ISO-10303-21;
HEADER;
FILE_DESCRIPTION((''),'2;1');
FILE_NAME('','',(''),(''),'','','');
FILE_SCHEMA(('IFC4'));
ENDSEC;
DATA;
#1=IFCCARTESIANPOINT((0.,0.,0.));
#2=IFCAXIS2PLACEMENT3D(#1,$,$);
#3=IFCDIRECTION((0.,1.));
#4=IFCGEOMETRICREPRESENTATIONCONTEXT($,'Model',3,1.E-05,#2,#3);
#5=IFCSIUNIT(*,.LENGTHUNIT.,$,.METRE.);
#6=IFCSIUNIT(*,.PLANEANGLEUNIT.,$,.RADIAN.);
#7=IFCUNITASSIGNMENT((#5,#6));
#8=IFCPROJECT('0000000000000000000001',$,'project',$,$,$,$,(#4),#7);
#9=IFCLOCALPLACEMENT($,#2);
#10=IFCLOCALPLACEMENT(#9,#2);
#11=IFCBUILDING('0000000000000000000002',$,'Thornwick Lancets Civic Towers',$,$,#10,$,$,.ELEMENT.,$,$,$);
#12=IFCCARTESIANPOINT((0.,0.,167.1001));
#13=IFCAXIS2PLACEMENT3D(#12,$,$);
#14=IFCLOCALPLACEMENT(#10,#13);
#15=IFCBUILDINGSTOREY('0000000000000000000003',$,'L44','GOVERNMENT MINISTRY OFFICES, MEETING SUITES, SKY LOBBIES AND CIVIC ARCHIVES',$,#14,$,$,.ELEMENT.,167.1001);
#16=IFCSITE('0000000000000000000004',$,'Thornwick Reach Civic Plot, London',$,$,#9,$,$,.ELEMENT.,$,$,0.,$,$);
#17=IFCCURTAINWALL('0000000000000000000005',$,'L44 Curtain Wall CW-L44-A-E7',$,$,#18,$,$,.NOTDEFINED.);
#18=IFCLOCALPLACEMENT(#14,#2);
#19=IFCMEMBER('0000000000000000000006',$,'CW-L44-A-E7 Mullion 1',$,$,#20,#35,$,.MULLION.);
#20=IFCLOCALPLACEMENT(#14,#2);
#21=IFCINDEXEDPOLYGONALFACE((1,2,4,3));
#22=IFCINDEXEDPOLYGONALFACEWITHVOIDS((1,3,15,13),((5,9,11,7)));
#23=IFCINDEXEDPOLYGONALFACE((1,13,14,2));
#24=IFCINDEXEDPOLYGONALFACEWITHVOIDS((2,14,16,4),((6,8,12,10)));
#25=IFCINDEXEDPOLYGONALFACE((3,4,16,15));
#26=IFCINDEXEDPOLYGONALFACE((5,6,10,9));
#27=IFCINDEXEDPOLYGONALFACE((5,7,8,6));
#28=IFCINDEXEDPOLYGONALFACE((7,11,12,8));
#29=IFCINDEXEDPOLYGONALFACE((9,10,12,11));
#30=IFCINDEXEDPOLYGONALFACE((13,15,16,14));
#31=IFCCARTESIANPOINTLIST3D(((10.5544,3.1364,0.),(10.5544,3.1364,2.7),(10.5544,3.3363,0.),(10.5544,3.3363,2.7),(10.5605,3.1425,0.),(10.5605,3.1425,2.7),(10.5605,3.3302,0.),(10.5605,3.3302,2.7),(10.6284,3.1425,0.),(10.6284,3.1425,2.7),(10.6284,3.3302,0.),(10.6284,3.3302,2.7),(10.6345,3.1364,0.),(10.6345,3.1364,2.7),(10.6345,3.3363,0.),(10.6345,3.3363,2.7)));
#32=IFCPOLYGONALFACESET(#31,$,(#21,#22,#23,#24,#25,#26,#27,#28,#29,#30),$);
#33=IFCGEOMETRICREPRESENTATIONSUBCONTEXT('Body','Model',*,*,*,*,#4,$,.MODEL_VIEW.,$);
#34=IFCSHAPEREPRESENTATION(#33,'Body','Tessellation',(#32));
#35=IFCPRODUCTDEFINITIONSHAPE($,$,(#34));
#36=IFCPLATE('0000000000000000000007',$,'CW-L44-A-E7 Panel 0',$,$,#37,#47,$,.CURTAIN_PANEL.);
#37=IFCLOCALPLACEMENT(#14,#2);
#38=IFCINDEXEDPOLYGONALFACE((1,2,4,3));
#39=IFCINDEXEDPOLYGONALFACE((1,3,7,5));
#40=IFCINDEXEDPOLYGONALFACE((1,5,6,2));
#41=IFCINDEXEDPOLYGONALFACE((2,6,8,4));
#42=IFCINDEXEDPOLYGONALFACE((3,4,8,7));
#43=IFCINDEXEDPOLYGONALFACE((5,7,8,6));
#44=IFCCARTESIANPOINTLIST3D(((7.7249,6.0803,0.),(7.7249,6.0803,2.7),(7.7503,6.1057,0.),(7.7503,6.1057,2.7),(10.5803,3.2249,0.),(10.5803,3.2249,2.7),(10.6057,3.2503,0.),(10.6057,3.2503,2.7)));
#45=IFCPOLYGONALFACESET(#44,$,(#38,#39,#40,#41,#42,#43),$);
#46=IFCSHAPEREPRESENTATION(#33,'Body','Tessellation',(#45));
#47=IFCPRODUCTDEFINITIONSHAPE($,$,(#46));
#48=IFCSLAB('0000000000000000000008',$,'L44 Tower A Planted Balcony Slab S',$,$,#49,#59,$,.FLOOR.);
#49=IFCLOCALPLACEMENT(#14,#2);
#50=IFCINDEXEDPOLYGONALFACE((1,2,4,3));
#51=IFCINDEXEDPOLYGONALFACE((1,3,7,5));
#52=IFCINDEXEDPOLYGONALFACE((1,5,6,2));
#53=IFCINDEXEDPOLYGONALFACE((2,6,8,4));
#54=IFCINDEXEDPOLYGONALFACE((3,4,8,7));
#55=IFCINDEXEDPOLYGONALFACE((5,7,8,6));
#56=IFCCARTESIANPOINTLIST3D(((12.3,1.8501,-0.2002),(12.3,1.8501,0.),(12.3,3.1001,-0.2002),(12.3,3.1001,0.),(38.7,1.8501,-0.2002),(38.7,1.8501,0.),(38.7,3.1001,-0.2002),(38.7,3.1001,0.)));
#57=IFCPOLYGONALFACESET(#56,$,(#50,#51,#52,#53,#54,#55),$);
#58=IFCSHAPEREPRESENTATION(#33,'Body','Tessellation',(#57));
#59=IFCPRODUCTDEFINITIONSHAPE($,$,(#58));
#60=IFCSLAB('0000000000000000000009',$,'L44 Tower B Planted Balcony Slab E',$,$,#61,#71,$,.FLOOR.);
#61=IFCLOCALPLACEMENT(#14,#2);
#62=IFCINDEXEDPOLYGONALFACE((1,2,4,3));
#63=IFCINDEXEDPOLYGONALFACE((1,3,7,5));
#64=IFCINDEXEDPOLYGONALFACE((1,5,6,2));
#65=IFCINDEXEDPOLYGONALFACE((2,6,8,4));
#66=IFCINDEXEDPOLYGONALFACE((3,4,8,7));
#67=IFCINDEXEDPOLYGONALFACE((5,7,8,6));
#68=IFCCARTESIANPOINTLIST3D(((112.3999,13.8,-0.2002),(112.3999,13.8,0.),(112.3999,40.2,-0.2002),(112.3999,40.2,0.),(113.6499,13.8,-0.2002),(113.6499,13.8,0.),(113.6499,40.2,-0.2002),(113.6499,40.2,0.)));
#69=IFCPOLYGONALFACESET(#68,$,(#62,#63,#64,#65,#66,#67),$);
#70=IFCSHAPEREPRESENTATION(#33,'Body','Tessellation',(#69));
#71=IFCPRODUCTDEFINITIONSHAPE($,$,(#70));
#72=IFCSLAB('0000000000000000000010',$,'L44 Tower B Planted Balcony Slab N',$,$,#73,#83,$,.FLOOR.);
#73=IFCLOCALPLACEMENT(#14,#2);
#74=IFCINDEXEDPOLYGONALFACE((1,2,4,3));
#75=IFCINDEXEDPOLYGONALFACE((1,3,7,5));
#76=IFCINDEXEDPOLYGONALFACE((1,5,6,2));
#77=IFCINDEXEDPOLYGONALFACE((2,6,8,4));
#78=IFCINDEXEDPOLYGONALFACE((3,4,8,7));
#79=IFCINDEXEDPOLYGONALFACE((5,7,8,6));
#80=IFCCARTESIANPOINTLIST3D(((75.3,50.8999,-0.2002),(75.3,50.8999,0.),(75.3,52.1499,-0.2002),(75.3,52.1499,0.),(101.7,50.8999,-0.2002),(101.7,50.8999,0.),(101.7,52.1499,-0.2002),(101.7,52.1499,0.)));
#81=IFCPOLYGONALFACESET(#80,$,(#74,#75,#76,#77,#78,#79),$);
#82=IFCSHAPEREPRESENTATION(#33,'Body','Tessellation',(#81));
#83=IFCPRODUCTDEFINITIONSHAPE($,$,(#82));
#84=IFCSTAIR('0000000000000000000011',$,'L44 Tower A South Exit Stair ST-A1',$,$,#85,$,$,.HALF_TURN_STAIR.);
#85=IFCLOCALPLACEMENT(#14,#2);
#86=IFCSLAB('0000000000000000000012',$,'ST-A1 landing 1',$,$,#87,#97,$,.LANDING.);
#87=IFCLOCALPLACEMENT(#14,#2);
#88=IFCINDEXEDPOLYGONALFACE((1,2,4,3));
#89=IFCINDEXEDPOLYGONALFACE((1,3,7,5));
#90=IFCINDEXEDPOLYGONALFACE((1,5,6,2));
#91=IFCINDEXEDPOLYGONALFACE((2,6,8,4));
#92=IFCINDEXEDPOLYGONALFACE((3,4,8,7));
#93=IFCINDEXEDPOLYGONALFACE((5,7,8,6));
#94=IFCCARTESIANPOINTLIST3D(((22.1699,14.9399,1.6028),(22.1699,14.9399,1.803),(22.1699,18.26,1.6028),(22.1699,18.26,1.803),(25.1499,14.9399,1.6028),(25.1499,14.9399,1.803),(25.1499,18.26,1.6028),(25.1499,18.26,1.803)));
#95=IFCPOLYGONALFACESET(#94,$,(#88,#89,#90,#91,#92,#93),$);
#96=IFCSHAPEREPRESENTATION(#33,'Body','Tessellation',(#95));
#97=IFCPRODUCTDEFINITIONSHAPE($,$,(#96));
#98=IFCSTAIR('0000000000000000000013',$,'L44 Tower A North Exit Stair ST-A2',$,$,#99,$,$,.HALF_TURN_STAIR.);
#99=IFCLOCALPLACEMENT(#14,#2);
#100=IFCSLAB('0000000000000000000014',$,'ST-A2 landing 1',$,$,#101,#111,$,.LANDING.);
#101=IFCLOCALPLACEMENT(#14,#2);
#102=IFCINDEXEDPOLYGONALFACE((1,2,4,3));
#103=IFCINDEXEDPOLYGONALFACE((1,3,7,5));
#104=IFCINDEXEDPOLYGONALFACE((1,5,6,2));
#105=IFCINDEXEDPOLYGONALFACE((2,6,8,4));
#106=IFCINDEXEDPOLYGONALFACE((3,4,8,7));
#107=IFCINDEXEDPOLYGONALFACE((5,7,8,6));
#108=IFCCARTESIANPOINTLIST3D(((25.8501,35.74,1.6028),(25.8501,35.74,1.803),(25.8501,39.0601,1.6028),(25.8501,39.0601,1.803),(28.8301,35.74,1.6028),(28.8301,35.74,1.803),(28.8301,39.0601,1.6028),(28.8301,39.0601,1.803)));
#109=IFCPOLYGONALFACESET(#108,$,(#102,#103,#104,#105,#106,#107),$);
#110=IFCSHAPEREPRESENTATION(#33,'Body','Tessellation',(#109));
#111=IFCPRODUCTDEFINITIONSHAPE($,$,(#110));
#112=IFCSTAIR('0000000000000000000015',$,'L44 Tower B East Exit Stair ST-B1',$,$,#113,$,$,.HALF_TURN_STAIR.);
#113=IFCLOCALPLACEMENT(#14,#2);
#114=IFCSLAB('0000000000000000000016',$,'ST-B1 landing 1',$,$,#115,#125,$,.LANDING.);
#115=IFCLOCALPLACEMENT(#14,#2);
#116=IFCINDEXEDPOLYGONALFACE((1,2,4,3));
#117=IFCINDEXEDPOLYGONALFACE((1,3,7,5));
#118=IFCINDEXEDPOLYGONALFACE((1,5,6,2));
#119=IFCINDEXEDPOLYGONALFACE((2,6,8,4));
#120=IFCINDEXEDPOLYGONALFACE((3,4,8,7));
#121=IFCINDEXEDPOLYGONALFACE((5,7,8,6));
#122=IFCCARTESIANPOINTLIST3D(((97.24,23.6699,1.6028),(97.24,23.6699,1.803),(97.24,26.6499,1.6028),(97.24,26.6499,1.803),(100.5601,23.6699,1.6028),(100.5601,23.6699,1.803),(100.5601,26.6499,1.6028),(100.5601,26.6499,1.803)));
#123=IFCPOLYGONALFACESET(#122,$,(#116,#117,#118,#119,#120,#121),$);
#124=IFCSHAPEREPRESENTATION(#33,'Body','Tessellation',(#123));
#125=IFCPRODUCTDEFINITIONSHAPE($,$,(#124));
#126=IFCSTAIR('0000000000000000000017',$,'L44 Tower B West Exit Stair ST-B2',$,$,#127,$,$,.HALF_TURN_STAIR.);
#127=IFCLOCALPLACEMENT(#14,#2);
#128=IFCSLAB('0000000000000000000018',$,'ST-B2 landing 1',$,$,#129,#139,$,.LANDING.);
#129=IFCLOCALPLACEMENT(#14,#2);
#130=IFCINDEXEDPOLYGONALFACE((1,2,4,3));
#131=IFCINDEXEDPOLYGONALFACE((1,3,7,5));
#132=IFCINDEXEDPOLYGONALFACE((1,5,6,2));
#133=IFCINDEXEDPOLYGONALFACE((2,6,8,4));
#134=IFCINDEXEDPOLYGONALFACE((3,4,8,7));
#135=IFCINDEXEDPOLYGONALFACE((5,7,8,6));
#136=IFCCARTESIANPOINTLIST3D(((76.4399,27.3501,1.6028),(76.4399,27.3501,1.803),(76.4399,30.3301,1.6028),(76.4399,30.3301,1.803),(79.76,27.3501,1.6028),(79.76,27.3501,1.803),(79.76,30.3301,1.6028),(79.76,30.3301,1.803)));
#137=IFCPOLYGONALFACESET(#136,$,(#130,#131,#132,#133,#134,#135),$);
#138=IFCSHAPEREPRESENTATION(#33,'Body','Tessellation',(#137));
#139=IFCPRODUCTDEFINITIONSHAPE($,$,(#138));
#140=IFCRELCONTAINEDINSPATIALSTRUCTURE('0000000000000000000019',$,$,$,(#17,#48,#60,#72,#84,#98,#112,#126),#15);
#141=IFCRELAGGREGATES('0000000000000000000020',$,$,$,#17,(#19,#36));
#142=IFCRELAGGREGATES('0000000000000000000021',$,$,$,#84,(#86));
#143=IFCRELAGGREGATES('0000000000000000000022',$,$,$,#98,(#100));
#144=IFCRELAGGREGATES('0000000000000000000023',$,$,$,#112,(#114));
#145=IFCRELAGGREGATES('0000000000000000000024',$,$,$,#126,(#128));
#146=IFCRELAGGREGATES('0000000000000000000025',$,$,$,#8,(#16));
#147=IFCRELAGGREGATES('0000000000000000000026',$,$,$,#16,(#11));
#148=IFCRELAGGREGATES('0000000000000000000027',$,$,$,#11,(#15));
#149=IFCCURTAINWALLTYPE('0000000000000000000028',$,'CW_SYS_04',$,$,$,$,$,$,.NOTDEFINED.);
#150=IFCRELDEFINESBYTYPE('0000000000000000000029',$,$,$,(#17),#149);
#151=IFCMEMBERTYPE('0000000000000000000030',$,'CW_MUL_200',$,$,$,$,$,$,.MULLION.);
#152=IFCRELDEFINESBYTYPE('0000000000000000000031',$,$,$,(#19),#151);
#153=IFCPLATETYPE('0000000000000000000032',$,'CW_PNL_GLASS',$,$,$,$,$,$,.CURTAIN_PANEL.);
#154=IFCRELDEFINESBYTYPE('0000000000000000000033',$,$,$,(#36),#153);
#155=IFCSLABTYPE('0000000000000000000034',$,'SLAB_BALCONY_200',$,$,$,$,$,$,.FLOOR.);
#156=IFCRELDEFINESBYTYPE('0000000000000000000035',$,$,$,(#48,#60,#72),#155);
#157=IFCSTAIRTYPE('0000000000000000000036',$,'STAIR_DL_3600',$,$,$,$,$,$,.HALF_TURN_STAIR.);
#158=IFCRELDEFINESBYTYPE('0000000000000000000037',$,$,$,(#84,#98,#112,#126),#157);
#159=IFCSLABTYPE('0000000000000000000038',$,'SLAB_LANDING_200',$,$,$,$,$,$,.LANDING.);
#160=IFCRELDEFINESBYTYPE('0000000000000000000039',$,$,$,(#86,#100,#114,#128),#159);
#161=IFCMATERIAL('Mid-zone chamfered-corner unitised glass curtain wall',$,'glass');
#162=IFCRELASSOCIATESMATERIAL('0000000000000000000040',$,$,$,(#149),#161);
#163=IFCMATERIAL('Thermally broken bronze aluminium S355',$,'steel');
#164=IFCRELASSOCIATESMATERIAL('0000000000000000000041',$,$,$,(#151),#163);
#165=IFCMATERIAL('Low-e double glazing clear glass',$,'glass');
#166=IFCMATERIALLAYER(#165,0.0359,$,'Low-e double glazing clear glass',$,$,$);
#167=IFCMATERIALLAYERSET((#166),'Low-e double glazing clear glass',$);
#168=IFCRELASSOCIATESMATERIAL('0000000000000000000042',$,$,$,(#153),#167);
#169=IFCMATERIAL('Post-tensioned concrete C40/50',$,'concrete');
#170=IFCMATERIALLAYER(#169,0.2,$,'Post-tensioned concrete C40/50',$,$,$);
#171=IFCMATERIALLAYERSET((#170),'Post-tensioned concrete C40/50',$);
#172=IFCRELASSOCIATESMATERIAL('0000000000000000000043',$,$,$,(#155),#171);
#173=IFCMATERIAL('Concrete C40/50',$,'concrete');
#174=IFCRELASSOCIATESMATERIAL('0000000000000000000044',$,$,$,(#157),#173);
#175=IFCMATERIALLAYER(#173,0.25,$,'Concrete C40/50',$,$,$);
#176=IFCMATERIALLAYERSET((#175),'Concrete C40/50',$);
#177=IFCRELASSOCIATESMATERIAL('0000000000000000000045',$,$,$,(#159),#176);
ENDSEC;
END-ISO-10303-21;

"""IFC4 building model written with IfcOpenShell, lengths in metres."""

from ifc_helpers import new_model, si_unit, direction, frame, origin, origin_2d, place, context, subcontext, project, spatial, polyline, rectangle, hollow_rectangle, outline, extrude, material, layer, layer_set, material_profile, profile_set, type_object, element, aggregate, save


model = new_model("IFC4")

# Units and contexts
model_context = context("Model", 3, precision=1e-05, world=origin(), true_north=direction((0.0, 1.0)))
body_context = subcontext(model_context, "Body", "Model", "MODEL_VIEW")
ifc_project = project(units=[si_unit("LENGTHUNIT", "METRE"), si_unit("PLANEANGLEUNIT", "RADIAN")], contexts=[model_context])

# Site, building, storey
site_placement = place(None, origin())
site = spatial("IfcSite", under=ifc_project, at=site_placement, Name="Thornwick Reach Civic Plot, London", CompositionType="ELEMENT", RefElevation=0.0)
building_placement = place(site_placement, origin())
building = spatial("IfcBuilding", under=site, at=building_placement, Name="Thornwick Lancets Civic Towers", CompositionType="ELEMENT")
storey_placement = place(building_placement, frame((0.0, 0.0, 167.1001)))
storey = spatial("IfcBuildingStorey", under=building, at=storey_placement, Name="L44", Description="GOVERNMENT MINISTRY OFFICES, MEETING SUITES, SKY LOBBIES AND CIVIC ARCHIVES", CompositionType="ELEMENT", Elevation=167.1001)

# Curtain wall, member, plate
ifc_material_1 = material(Name="Mid-zone chamfered-corner unitised glass curtain wall", Category="glass")
curtain_wall_type = type_object("IfcCurtainWallType", Name="CW_SYS_04", PredefinedType="NOTDEFINED", material=ifc_material_1)
curtain_wall_placement = place(storey_placement, origin())
curtain_wall = element("IfcCurtainWall", 1, at=curtain_wall_placement, inside=storey, type_object=curtain_wall_type, Name="L44 Curtain Wall CW-L44-A-E7", PredefinedType="NOTDEFINED")
ifc_material_2 = material(Name="Thermally broken bronze aluminium S355", Category="steel")
ifc_material_profile = material_profile(ifc_material_2, hollow_rectangle(XDim=0.0801, YDim=0.2, WallThickness=0.0061, at=origin_2d()), Name="RHS 200x80x6")
ifc_profile_set = profile_set([ifc_material_profile], Name="Thermally broken bronze aluminium S355")
member_type = type_object("IfcMemberType", Name="CW_MUL_200", PredefinedType="MULLION", material=ifc_profile_set)
member_placement = place(storey_placement, frame((10.5945, 3.2363, 0.0), z_axis=(0.0, 0.0, 1.0), x_axis=(1.0, 0.0, 0.0)))
member = element("IfcMember", 2, at=member_placement, type_object=member_type, Name="CW-L44-A-E7 Mullion 1", PredefinedType="MULLION", context=body_context, shape_type="SweptSolid", body=[
    extrude(hollow_rectangle(XDim=0.0801, YDim=0.2, WallThickness=0.0061, at=origin_2d()), origin(), (0.0, 0.0, 1.0), 2.7),
])
ifc_material_3 = material(Name="Low-e double glazing clear glass", Category="glass")
ifc_layer_1 = layer(ifc_material_3, 0.0359, Name="Low-e double glazing clear glass")
ifc_layer_set_1 = layer_set([ifc_layer_1], Name="Low-e double glazing clear glass")
plate_type = type_object("IfcPlateType", Name="CW_PNL_GLASS", PredefinedType="CURTAIN_PANEL", material=ifc_layer_set_1)
plate_placement = place(storey_placement, frame((9.1653, 4.6653, 0.0), z_axis=(0.0, 0.0, 1.0), x_axis=(0.707107, -0.707107, 0.0)))
plate = element("IfcPlate", 3, at=plate_placement, type_object=plate_type, Name="CW-L44-A-E7 Panel 0", PredefinedType="CURTAIN_PANEL", context=body_context, shape_type="SweptSolid", body=[
    extrude(rectangle(XDim=4.0381, YDim=0.0359, at=origin_2d()), origin(), (0.0, 0.0, 1.0), 2.7),
])
aggregate(curtain_wall, [member, plate])

# Slabs
ifc_material_4 = material(Name="Post-tensioned concrete C40/50", Category="concrete")
ifc_layer_2 = layer(ifc_material_4, 0.2, Name="Post-tensioned concrete C40/50")
ifc_layer_set_2 = layer_set([ifc_layer_2], Name="Post-tensioned concrete C40/50")
slab_type_1 = type_object("IfcSlabType", Name="SLAB_BALCONY_200", PredefinedType="FLOOR", material=ifc_layer_set_2)
slab_1_placement = place(storey_placement, frame((0.0, 0.0, -0.2002)))
element("IfcSlab", 4, at=slab_1_placement, inside=storey, type_object=slab_type_1, Name="L44 Tower A Planted Balcony Slab S", PredefinedType="FLOOR", context=body_context, shape_type="SweptSolid", body=[
    extrude(outline(polyline([(12.3, 1.8501), (38.7, 1.8501), (38.7, 3.1001), (12.3, 3.1001), (12.3, 1.8501)])), origin(), (0.0, 0.0, 1.0), 0.2002),
])
slab_2_placement = place(storey_placement, frame((0.0, 0.0, -0.2002)))
element("IfcSlab", 5, at=slab_2_placement, inside=storey, type_object=slab_type_1, Name="L44 Tower B Planted Balcony Slab E", PredefinedType="FLOOR", context=body_context, shape_type="SweptSolid", body=[
    extrude(outline(polyline([(112.3999, 13.8), (113.6499, 13.8), (113.6499, 40.2), (112.3999, 40.2), (112.3999, 13.8)])), origin(), (0.0, 0.0, 1.0), 0.2002),
])
slab_3_placement = place(storey_placement, frame((0.0, 0.0, -0.2002)))
element("IfcSlab", 6, at=slab_3_placement, inside=storey, type_object=slab_type_1, Name="L44 Tower B Planted Balcony Slab N", PredefinedType="FLOOR", context=body_context, shape_type="SweptSolid", body=[
    extrude(outline(polyline([(75.3, 50.8999), (101.7, 50.8999), (101.7, 52.1499), (75.3, 52.1499), (75.3, 50.8999)])), origin(), (0.0, 0.0, 1.0), 0.2002),
])

# Stairs, slabs
ifc_material_5 = material(Name="Concrete C40/50", Category="concrete")
stair_type = type_object("IfcStairType", Name="STAIR_DL_3600", PredefinedType="HALF_TURN_STAIR", material=ifc_material_5)
stair_1_placement = place(storey_placement, origin())
stair_1 = element("IfcStair", 7, at=stair_1_placement, inside=storey, type_object=stair_type, Name="L44 Tower A South Exit Stair ST-A1", PredefinedType="HALF_TURN_STAIR")
ifc_layer_3 = layer(ifc_material_5, 0.25, Name="Concrete C40/50")
ifc_layer_set_3 = layer_set([ifc_layer_3], Name="Concrete C40/50")
slab_type_2 = type_object("IfcSlabType", Name="SLAB_LANDING_200", PredefinedType="LANDING", material=ifc_layer_set_3)
slab_4_placement = place(storey_placement, frame((0.0, 0.0, 1.6028)))
slab_4 = element("IfcSlab", 8, at=slab_4_placement, type_object=slab_type_2, Name="ST-A1 landing 1", PredefinedType="LANDING", context=body_context, shape_type="SweptSolid", body=[
    extrude(outline(polyline([(22.1699, 14.9399), (25.1499, 14.9399), (25.1499, 18.26), (22.1699, 18.26), (22.1699, 14.9399)])), origin(), (0.0, 0.0, 1.0), 0.2002),
])
aggregate(stair_1, [slab_4])
stair_2_placement = place(storey_placement, origin())
stair_2 = element("IfcStair", 9, at=stair_2_placement, inside=storey, type_object=stair_type, Name="L44 Tower A North Exit Stair ST-A2", PredefinedType="HALF_TURN_STAIR")
slab_5_placement = place(storey_placement, frame((0.0, 0.0, 1.6028)))
slab_5 = element("IfcSlab", 10, at=slab_5_placement, type_object=slab_type_2, Name="ST-A2 landing 1", PredefinedType="LANDING", context=body_context, shape_type="SweptSolid", body=[
    extrude(outline(polyline([(28.8301, 39.0601), (25.8501, 39.0601), (25.8501, 35.74), (28.8301, 35.74), (28.8301, 39.0601)])), origin(), (0.0, 0.0, 1.0), 0.2002),
])
aggregate(stair_2, [slab_5])
stair_3_placement = place(storey_placement, origin())
stair_3 = element("IfcStair", 11, at=stair_3_placement, inside=storey, type_object=stair_type, Name="L44 Tower B East Exit Stair ST-B1", PredefinedType="HALF_TURN_STAIR")
slab_6_placement = place(storey_placement, frame((0.0, 0.0, 1.6028)))
slab_6 = element("IfcSlab", 12, at=slab_6_placement, type_object=slab_type_2, Name="ST-B1 landing 1", PredefinedType="LANDING", context=body_context, shape_type="SweptSolid", body=[
    extrude(outline(polyline([(100.5601, 23.6699), (100.5601, 26.6499), (97.24, 26.6499), (97.24, 23.6699), (100.5601, 23.6699)])), origin(), (0.0, 0.0, 1.0), 0.2002),
])
aggregate(stair_3, [slab_6])
stair_4_placement = place(storey_placement, origin())
stair_4 = element("IfcStair", 13, at=stair_4_placement, inside=storey, type_object=stair_type, Name="L44 Tower B West Exit Stair ST-B2", PredefinedType="HALF_TURN_STAIR")
slab_7_placement = place(storey_placement, frame((0.0, 0.0, 1.6028)))
slab_7 = element("IfcSlab", 14, at=slab_7_placement, type_object=slab_type_2, Name="ST-B2 landing 1", PredefinedType="LANDING", context=body_context, shape_type="SweptSolid", body=[
    extrude(outline(polyline([(76.4399, 30.3301), (76.4399, 27.3501), (79.76, 27.3501), (79.76, 30.3301), (76.4399, 30.3301)])), origin(), (0.0, 0.0, 1.0), 0.2002),
])
aggregate(stair_4, [slab_7])

save(model, "model.ifc")
